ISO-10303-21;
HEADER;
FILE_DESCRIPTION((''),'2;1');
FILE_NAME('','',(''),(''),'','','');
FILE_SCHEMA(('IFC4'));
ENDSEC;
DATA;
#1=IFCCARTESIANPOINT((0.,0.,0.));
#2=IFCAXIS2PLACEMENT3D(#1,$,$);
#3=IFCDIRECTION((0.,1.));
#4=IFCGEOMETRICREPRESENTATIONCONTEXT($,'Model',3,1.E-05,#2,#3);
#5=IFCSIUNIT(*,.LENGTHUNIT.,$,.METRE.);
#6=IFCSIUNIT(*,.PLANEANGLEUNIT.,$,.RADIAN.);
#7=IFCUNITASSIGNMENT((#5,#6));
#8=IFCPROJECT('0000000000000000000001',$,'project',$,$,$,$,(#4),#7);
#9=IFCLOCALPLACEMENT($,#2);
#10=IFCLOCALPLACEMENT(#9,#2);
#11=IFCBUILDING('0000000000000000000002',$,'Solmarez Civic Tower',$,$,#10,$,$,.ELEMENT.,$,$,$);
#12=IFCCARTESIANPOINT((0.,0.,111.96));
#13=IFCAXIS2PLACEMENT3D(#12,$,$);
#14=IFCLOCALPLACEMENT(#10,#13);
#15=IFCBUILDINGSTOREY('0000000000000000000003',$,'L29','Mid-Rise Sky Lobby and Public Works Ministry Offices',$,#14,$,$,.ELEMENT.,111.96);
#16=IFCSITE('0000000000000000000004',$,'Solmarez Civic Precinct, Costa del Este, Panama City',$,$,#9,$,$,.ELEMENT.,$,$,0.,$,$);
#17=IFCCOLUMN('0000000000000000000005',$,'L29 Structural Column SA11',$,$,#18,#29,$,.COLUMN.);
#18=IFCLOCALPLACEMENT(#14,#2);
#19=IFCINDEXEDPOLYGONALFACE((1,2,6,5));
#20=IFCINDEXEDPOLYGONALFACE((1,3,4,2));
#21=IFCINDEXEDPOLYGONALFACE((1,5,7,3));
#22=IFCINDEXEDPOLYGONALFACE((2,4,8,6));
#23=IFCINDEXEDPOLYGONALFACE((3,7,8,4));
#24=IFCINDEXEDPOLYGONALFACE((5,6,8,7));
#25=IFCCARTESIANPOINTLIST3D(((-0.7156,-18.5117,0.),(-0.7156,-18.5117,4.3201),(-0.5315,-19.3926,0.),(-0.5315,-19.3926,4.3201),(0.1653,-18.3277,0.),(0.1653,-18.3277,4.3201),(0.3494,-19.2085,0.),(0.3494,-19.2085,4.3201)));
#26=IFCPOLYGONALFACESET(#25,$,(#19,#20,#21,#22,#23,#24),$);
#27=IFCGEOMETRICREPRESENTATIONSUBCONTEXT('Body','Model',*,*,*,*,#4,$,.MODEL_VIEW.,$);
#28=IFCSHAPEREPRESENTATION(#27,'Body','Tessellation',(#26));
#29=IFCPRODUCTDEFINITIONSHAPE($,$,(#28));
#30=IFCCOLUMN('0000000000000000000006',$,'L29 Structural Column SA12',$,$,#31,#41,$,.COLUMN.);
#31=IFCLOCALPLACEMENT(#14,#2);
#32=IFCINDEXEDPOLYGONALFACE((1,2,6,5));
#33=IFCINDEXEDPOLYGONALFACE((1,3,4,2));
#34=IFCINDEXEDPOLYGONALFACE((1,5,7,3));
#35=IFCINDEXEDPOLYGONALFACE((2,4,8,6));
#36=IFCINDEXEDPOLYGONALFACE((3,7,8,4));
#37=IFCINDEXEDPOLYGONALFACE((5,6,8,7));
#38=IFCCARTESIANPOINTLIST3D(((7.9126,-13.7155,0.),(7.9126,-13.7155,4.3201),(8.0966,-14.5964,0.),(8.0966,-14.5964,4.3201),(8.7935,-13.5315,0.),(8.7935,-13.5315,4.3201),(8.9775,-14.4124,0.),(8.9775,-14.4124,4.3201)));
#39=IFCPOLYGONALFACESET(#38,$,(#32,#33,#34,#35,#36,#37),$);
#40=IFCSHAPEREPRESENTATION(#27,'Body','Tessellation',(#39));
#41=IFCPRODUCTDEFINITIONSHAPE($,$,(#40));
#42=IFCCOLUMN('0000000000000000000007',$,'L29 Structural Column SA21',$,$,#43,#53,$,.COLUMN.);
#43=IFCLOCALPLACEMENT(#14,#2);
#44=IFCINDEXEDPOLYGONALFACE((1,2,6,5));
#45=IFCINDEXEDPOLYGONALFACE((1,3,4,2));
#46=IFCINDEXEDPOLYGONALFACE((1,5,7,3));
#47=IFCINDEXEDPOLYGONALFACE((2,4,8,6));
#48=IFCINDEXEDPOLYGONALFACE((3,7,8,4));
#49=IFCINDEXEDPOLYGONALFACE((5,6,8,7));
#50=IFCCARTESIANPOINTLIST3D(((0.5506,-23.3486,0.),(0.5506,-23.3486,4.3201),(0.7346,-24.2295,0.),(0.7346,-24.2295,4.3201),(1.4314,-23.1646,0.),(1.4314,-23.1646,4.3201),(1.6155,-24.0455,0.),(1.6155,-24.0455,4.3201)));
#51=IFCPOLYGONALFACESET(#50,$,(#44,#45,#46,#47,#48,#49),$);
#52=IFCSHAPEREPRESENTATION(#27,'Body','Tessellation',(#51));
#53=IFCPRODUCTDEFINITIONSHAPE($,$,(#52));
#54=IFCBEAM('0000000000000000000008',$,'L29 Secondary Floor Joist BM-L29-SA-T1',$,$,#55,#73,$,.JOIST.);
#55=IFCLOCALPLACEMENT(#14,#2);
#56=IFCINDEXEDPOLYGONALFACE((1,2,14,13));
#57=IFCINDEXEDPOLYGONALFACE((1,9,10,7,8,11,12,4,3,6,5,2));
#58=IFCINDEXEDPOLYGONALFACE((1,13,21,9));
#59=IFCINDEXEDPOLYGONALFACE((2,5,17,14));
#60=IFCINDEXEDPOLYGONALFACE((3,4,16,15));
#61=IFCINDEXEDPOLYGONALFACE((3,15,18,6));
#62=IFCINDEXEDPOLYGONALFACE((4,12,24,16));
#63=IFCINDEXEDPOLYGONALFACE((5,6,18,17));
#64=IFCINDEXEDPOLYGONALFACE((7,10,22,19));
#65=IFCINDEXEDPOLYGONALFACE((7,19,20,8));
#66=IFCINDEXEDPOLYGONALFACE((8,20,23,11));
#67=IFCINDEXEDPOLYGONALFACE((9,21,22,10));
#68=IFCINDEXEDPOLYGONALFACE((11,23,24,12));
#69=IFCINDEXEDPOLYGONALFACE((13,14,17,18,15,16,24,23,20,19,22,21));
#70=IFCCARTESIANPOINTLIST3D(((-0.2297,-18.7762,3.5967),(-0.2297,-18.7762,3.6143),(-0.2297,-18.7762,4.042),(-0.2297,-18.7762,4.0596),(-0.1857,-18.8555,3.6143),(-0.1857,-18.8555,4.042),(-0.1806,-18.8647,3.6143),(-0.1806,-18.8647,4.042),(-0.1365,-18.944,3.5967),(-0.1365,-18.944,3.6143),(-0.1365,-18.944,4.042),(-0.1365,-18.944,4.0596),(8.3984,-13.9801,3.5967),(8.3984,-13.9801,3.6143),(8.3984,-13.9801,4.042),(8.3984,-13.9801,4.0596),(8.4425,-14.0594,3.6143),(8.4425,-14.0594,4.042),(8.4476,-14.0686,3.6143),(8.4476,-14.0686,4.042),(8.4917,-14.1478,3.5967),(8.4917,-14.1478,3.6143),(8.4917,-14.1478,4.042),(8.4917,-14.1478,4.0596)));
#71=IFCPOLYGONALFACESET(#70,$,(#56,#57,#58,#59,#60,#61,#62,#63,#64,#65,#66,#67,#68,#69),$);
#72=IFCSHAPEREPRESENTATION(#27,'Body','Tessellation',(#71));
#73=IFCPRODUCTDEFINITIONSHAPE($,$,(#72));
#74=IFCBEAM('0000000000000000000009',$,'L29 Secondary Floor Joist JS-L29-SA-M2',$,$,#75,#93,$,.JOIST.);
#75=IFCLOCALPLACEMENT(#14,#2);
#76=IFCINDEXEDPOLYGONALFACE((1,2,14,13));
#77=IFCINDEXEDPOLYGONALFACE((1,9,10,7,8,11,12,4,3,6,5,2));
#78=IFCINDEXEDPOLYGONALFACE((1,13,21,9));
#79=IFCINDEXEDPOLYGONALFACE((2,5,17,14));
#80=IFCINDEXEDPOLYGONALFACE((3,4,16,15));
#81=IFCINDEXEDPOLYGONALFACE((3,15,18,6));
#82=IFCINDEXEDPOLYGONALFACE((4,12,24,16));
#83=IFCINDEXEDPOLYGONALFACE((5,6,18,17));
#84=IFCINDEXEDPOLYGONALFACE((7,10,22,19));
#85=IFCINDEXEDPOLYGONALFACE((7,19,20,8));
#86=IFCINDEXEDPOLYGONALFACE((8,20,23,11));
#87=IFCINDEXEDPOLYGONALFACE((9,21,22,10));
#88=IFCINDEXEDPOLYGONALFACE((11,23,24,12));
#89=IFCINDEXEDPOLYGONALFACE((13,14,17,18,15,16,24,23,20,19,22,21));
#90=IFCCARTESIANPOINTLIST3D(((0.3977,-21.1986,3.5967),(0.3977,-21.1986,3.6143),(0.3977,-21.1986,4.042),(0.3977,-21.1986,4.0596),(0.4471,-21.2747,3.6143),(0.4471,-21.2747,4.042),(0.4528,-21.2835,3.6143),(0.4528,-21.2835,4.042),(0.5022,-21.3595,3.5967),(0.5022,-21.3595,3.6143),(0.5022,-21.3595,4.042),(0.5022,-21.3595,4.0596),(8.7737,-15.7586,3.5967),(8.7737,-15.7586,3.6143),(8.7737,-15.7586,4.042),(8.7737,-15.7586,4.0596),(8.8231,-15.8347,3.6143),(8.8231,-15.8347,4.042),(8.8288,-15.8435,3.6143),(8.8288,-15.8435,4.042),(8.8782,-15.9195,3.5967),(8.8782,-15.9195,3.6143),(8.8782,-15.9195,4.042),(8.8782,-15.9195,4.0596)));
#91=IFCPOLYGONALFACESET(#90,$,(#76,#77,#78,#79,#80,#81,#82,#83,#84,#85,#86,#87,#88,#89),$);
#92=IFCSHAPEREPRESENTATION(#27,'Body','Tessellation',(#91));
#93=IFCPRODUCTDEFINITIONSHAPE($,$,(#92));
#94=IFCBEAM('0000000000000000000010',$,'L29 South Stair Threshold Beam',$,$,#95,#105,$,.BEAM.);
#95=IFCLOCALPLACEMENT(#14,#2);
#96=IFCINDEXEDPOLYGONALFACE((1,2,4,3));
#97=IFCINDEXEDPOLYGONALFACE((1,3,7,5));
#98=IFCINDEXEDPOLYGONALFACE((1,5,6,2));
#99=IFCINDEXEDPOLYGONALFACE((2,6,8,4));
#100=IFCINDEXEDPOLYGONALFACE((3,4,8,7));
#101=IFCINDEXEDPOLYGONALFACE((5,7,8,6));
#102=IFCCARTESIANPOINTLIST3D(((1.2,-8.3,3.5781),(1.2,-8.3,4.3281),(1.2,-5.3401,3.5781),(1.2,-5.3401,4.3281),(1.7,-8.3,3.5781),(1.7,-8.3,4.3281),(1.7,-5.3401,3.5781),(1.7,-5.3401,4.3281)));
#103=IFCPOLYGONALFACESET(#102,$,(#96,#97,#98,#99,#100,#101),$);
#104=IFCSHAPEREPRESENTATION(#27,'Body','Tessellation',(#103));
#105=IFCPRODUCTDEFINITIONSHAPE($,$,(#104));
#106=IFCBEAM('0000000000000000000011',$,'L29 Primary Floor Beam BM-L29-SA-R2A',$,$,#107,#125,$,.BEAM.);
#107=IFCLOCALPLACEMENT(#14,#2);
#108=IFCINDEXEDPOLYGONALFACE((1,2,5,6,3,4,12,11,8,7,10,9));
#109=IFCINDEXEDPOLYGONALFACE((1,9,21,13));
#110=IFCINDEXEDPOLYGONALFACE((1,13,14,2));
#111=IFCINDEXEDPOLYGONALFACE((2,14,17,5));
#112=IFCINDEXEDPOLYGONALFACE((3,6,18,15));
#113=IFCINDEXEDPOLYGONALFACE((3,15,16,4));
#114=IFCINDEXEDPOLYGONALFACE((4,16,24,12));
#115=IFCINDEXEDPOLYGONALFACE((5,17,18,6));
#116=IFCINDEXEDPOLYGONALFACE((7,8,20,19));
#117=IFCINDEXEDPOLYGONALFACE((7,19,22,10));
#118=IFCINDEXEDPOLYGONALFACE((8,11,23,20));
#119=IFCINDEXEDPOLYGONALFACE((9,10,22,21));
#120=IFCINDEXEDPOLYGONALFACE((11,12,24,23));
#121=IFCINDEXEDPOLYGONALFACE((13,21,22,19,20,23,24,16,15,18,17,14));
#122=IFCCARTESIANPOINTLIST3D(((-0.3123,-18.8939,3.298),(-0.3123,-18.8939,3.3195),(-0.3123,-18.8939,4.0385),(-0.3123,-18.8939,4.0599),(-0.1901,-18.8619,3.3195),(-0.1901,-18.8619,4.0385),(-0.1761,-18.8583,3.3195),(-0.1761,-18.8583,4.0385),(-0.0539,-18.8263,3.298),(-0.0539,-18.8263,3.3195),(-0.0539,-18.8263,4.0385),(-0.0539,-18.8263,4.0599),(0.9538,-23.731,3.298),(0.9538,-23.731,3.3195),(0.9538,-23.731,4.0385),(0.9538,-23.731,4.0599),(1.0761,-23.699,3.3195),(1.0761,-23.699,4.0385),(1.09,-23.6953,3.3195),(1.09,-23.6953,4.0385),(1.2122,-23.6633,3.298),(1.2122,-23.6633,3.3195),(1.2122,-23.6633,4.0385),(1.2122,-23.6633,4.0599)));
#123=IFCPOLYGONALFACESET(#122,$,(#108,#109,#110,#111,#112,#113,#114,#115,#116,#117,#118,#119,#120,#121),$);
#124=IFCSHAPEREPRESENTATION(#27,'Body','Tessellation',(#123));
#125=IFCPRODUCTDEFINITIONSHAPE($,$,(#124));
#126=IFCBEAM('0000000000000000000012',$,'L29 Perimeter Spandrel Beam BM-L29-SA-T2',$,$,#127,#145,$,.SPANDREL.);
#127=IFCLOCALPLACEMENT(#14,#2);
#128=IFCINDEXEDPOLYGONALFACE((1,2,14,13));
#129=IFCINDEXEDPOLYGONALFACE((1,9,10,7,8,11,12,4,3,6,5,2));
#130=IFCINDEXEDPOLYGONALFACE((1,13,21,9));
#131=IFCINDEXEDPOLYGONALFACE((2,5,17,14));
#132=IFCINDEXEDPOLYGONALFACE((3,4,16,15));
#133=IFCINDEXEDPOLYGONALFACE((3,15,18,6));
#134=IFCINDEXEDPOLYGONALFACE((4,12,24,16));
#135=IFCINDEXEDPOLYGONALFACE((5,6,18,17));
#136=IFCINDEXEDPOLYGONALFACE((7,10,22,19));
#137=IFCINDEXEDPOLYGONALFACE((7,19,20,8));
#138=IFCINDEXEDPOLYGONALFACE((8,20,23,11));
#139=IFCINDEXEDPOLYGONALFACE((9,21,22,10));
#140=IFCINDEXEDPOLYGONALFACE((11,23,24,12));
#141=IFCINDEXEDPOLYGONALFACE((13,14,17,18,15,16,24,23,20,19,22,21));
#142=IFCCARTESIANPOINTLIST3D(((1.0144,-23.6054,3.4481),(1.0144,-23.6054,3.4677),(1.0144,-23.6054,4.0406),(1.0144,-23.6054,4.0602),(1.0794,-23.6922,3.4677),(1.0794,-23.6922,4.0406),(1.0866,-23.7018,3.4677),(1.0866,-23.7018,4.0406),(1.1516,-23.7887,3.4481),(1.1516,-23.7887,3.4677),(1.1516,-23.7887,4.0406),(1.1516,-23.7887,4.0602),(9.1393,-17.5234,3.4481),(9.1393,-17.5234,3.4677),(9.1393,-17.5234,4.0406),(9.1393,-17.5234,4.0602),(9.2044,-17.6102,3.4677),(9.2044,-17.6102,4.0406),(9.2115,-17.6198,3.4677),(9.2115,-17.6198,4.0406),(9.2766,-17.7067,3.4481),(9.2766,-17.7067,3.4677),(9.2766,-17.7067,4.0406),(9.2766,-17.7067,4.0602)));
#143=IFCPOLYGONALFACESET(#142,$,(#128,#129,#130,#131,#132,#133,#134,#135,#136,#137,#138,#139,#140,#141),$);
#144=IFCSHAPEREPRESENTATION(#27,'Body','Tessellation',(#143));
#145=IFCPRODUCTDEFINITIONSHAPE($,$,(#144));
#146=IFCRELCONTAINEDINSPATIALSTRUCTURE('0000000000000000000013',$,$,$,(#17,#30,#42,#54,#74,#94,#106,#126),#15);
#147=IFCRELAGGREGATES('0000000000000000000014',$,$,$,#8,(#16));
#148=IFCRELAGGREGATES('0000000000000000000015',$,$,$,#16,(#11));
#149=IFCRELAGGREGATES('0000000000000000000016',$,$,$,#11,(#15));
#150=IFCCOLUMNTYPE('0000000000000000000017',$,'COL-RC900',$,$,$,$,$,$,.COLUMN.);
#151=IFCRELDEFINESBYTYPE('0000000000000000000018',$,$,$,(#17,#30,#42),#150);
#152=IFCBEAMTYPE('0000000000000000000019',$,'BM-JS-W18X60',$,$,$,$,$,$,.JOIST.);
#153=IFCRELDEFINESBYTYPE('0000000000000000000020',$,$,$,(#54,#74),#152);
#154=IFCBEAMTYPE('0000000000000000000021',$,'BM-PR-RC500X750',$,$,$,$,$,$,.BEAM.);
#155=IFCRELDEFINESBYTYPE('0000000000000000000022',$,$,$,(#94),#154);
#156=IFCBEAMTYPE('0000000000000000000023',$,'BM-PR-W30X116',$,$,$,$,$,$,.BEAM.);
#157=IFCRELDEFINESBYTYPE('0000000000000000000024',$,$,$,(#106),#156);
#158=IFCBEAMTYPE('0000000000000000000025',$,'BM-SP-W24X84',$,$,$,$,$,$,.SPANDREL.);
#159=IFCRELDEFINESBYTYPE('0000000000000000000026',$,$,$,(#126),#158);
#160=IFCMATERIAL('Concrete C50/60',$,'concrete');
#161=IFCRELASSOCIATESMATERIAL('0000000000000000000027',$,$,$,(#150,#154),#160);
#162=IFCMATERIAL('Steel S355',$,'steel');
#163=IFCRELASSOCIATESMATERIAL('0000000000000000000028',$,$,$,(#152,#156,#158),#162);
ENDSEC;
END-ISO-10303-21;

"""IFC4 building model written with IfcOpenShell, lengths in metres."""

from ifc_helpers import new_model, si_unit, direction, frame, origin, origin_2d, place, context, subcontext, project, spatial, rectangle, i_section, extrude, material, material_profile, profile_set, type_object, element, save


model = new_model("IFC4")

# Units and contexts
model_context = context("Model", 3, precision=1e-05, world=origin(), true_north=direction((0.0, 1.0)))
body_context = subcontext(model_context, "Body", "Model", "MODEL_VIEW")
ifc_project = project(units=[si_unit("LENGTHUNIT", "METRE"), si_unit("PLANEANGLEUNIT", "RADIAN")], contexts=[model_context])

# Site, building, storey
site_placement = place(None, origin())
site = spatial("IfcSite", under=ifc_project, at=site_placement, Name="Solmarez Civic Precinct, Costa del Este, Panama City", CompositionType="ELEMENT", RefElevation=0.0)
building_placement = place(site_placement, origin())
building = spatial("IfcBuilding", under=site, at=building_placement, Name="Solmarez Civic Tower", CompositionType="ELEMENT")
storey_placement = place(building_placement, frame((0.0, 0.0, 111.96)))
storey = spatial("IfcBuildingStorey", under=building, at=storey_placement, Name="L29", Description="Mid-Rise Sky Lobby and Public Works Ministry Offices", CompositionType="ELEMENT", Elevation=111.96)

# Columns
ifc_material_1 = material(Name="Concrete C50/60", Category="concrete")
ifc_material_profile_1 = material_profile(ifc_material_1, rectangle(XDim=0.8999, YDim=0.8999, at=origin_2d()), Name="RC900X900")
ifc_profile_set_1 = profile_set([ifc_material_profile_1], Name="Concrete C50/60")
column_type = type_object("IfcColumnType", Name="COL-RC900", PredefinedType="COLUMN", material=ifc_profile_set_1)
for number, where, z_axis, x_axis, name in (
    (1, (-0.1831, -18.8601, 0.0), (0.0, 0.0, 1.0), (0.978867, 0.204496, 0.0), "L29 Structural Column SA11"),
    (2, (8.4451, -14.064, 0.0), (0.0, 0.0, 1.0), (0.978867, 0.204496, 0.0), "L29 Structural Column SA12"),
    (3, (1.083, -23.697, 0.0), (0.0, 0.0, 1.0), (0.978867, 0.204496, 0.0), "L29 Structural Column SA21"),
):
    element("IfcColumn", number, at=place(storey_placement, frame(where, z_axis=z_axis, x_axis=x_axis)), inside=storey, type_object=column_type, Name=name, PredefinedType="COLUMN", context=body_context, shape_type="SweptSolid", body=[
        extrude(rectangle(XDim=0.8999, YDim=0.8999, at=origin_2d()), origin(), (0.0, 0.0, 1.0), 4.3201),
    ])

# Beams
ifc_material_2 = material(Name="Steel S355", Category="steel")
ifc_material_profile_2 = material_profile(ifc_material_2, i_section(OverallWidth=0.1919, OverallDepth=0.4629, WebThickness=0.0105, FlangeThickness=0.0176, at=origin_2d()), Name="W18X60")
ifc_profile_set_2 = profile_set([ifc_material_profile_2], Name="Steel S355")
beam_type_1 = type_object("IfcBeamType", Name="BM-JS-W18X60", PredefinedType="JOIST", material=ifc_profile_set_2)
beam_1_placement = place(storey_placement, frame((-0.1831, -18.8601, 3.8281), z_axis=(0.874041, 0.485853, 0.0), x_axis=(-0.485853, 0.874041, 0.0)))
element("IfcBeam", 4, at=beam_1_placement, inside=storey, type_object=beam_type_1, Name="L29 Secondary Floor Joist BM-L29-SA-T1", PredefinedType="JOIST", context=body_context, shape_type="SweptSolid", body=[
    extrude(i_section(OverallWidth=0.1919, OverallDepth=0.4629, WebThickness=0.0105, FlangeThickness=0.0176, at=origin_2d()), origin(), (0.0, 0.0, 1.0), 9.8716),
])
beam_2_placement = place(storey_placement, frame((0.45, -21.2791, 3.8281), z_axis=(0.838647, 0.544676, 0.0), x_axis=(-0.544676, 0.838647, 0.0)))
element("IfcBeam", 5, at=beam_2_placement, inside=storey, type_object=beam_type_1, Name="L29 Secondary Floor Joist JS-L29-SA-M2", PredefinedType="JOIST", context=body_context, shape_type="SweptSolid", body=[
    extrude(i_section(OverallWidth=0.1919, OverallDepth=0.4629, WebThickness=0.0105, FlangeThickness=0.0176, at=origin_2d()), origin(), (0.0, 0.0, 1.0), 9.9875),
])
ifc_material_profile_3 = material_profile(ifc_material_1, rectangle(XDim=0.5, YDim=0.75, at=origin_2d()), Name="RC500X750")
ifc_profile_set_3 = profile_set([ifc_material_profile_3], Name="Concrete C50/60")
beam_type_2 = type_object("IfcBeamType", Name="BM-PR-RC500X750", PredefinedType="BEAM", material=ifc_profile_set_3)
beam_3_placement = place(storey_placement, frame((1.45, -8.3, 3.9531), z_axis=(0.0, 1.0, 0.0), x_axis=(-1.0, 0.0, 0.0)))
element("IfcBeam", 6, at=beam_3_placement, inside=storey, type_object=beam_type_2, Name="L29 South Stair Threshold Beam", PredefinedType="BEAM", context=body_context, shape_type="SweptSolid", body=[
    extrude(rectangle(XDim=0.5, YDim=0.75, at=origin_2d()), origin(), (0.0, 0.0, 1.0), 2.96),
])
ifc_material_profile_4 = material_profile(ifc_material_2, i_section(OverallWidth=0.2671, OverallDepth=0.762, WebThickness=0.0144, FlangeThickness=0.0215, at=origin_2d()), Name="W30X116")
ifc_profile_set_4 = profile_set([ifc_material_profile_4], Name="Steel S355")
beam_type_3 = type_object("IfcBeamType", Name="BM-PR-W30X116", PredefinedType="BEAM", material=ifc_profile_set_4)
beam_4_placement = place(storey_placement, frame((-0.1831, -18.8601, 3.679), z_axis=(0.253229, -0.967406, 0.0), x_axis=(0.967406, 0.253229, 0.0)))
element("IfcBeam", 7, at=beam_4_placement, inside=storey, type_object=beam_type_3, Name="L29 Primary Floor Beam BM-L29-SA-R2A", PredefinedType="BEAM", context=body_context, shape_type="SweptSolid", body=[
    extrude(i_section(OverallWidth=0.2671, OverallDepth=0.762, WebThickness=0.0144, FlangeThickness=0.0215, at=origin_2d()), origin(), (0.0, 0.0, 1.0), 5.0),
])
ifc_material_profile_5 = material_profile(ifc_material_2, i_section(OverallWidth=0.229, OverallDepth=0.6121, WebThickness=0.012, FlangeThickness=0.0195, at=origin_2d()), Name="W24X84")
ifc_profile_set_5 = profile_set([ifc_material_profile_5], Name="Steel S355")
beam_type_4 = type_object("IfcBeamType", Name="BM-SP-W24X84", PredefinedType="SPANDREL", material=ifc_profile_set_5)
beam_5_placement = place(storey_placement, frame((1.083, -23.697, 3.7542), z_axis=(0.800554, 0.599261, 0.0), x_axis=(-0.599261, 0.800554, 0.0)))
element("IfcBeam", 8, at=beam_5_placement, inside=storey, type_object=beam_type_4, Name="L29 Perimeter Spandrel Beam BM-L29-SA-T2", PredefinedType="SPANDREL", context=body_context, shape_type="SweptSolid", body=[
    extrude(i_section(OverallWidth=0.229, OverallDepth=0.6121, WebThickness=0.012, FlangeThickness=0.0195, at=origin_2d()), origin(), (0.0, 0.0, 1.0), 10.1492),
])

save(model, "model.ifc")
